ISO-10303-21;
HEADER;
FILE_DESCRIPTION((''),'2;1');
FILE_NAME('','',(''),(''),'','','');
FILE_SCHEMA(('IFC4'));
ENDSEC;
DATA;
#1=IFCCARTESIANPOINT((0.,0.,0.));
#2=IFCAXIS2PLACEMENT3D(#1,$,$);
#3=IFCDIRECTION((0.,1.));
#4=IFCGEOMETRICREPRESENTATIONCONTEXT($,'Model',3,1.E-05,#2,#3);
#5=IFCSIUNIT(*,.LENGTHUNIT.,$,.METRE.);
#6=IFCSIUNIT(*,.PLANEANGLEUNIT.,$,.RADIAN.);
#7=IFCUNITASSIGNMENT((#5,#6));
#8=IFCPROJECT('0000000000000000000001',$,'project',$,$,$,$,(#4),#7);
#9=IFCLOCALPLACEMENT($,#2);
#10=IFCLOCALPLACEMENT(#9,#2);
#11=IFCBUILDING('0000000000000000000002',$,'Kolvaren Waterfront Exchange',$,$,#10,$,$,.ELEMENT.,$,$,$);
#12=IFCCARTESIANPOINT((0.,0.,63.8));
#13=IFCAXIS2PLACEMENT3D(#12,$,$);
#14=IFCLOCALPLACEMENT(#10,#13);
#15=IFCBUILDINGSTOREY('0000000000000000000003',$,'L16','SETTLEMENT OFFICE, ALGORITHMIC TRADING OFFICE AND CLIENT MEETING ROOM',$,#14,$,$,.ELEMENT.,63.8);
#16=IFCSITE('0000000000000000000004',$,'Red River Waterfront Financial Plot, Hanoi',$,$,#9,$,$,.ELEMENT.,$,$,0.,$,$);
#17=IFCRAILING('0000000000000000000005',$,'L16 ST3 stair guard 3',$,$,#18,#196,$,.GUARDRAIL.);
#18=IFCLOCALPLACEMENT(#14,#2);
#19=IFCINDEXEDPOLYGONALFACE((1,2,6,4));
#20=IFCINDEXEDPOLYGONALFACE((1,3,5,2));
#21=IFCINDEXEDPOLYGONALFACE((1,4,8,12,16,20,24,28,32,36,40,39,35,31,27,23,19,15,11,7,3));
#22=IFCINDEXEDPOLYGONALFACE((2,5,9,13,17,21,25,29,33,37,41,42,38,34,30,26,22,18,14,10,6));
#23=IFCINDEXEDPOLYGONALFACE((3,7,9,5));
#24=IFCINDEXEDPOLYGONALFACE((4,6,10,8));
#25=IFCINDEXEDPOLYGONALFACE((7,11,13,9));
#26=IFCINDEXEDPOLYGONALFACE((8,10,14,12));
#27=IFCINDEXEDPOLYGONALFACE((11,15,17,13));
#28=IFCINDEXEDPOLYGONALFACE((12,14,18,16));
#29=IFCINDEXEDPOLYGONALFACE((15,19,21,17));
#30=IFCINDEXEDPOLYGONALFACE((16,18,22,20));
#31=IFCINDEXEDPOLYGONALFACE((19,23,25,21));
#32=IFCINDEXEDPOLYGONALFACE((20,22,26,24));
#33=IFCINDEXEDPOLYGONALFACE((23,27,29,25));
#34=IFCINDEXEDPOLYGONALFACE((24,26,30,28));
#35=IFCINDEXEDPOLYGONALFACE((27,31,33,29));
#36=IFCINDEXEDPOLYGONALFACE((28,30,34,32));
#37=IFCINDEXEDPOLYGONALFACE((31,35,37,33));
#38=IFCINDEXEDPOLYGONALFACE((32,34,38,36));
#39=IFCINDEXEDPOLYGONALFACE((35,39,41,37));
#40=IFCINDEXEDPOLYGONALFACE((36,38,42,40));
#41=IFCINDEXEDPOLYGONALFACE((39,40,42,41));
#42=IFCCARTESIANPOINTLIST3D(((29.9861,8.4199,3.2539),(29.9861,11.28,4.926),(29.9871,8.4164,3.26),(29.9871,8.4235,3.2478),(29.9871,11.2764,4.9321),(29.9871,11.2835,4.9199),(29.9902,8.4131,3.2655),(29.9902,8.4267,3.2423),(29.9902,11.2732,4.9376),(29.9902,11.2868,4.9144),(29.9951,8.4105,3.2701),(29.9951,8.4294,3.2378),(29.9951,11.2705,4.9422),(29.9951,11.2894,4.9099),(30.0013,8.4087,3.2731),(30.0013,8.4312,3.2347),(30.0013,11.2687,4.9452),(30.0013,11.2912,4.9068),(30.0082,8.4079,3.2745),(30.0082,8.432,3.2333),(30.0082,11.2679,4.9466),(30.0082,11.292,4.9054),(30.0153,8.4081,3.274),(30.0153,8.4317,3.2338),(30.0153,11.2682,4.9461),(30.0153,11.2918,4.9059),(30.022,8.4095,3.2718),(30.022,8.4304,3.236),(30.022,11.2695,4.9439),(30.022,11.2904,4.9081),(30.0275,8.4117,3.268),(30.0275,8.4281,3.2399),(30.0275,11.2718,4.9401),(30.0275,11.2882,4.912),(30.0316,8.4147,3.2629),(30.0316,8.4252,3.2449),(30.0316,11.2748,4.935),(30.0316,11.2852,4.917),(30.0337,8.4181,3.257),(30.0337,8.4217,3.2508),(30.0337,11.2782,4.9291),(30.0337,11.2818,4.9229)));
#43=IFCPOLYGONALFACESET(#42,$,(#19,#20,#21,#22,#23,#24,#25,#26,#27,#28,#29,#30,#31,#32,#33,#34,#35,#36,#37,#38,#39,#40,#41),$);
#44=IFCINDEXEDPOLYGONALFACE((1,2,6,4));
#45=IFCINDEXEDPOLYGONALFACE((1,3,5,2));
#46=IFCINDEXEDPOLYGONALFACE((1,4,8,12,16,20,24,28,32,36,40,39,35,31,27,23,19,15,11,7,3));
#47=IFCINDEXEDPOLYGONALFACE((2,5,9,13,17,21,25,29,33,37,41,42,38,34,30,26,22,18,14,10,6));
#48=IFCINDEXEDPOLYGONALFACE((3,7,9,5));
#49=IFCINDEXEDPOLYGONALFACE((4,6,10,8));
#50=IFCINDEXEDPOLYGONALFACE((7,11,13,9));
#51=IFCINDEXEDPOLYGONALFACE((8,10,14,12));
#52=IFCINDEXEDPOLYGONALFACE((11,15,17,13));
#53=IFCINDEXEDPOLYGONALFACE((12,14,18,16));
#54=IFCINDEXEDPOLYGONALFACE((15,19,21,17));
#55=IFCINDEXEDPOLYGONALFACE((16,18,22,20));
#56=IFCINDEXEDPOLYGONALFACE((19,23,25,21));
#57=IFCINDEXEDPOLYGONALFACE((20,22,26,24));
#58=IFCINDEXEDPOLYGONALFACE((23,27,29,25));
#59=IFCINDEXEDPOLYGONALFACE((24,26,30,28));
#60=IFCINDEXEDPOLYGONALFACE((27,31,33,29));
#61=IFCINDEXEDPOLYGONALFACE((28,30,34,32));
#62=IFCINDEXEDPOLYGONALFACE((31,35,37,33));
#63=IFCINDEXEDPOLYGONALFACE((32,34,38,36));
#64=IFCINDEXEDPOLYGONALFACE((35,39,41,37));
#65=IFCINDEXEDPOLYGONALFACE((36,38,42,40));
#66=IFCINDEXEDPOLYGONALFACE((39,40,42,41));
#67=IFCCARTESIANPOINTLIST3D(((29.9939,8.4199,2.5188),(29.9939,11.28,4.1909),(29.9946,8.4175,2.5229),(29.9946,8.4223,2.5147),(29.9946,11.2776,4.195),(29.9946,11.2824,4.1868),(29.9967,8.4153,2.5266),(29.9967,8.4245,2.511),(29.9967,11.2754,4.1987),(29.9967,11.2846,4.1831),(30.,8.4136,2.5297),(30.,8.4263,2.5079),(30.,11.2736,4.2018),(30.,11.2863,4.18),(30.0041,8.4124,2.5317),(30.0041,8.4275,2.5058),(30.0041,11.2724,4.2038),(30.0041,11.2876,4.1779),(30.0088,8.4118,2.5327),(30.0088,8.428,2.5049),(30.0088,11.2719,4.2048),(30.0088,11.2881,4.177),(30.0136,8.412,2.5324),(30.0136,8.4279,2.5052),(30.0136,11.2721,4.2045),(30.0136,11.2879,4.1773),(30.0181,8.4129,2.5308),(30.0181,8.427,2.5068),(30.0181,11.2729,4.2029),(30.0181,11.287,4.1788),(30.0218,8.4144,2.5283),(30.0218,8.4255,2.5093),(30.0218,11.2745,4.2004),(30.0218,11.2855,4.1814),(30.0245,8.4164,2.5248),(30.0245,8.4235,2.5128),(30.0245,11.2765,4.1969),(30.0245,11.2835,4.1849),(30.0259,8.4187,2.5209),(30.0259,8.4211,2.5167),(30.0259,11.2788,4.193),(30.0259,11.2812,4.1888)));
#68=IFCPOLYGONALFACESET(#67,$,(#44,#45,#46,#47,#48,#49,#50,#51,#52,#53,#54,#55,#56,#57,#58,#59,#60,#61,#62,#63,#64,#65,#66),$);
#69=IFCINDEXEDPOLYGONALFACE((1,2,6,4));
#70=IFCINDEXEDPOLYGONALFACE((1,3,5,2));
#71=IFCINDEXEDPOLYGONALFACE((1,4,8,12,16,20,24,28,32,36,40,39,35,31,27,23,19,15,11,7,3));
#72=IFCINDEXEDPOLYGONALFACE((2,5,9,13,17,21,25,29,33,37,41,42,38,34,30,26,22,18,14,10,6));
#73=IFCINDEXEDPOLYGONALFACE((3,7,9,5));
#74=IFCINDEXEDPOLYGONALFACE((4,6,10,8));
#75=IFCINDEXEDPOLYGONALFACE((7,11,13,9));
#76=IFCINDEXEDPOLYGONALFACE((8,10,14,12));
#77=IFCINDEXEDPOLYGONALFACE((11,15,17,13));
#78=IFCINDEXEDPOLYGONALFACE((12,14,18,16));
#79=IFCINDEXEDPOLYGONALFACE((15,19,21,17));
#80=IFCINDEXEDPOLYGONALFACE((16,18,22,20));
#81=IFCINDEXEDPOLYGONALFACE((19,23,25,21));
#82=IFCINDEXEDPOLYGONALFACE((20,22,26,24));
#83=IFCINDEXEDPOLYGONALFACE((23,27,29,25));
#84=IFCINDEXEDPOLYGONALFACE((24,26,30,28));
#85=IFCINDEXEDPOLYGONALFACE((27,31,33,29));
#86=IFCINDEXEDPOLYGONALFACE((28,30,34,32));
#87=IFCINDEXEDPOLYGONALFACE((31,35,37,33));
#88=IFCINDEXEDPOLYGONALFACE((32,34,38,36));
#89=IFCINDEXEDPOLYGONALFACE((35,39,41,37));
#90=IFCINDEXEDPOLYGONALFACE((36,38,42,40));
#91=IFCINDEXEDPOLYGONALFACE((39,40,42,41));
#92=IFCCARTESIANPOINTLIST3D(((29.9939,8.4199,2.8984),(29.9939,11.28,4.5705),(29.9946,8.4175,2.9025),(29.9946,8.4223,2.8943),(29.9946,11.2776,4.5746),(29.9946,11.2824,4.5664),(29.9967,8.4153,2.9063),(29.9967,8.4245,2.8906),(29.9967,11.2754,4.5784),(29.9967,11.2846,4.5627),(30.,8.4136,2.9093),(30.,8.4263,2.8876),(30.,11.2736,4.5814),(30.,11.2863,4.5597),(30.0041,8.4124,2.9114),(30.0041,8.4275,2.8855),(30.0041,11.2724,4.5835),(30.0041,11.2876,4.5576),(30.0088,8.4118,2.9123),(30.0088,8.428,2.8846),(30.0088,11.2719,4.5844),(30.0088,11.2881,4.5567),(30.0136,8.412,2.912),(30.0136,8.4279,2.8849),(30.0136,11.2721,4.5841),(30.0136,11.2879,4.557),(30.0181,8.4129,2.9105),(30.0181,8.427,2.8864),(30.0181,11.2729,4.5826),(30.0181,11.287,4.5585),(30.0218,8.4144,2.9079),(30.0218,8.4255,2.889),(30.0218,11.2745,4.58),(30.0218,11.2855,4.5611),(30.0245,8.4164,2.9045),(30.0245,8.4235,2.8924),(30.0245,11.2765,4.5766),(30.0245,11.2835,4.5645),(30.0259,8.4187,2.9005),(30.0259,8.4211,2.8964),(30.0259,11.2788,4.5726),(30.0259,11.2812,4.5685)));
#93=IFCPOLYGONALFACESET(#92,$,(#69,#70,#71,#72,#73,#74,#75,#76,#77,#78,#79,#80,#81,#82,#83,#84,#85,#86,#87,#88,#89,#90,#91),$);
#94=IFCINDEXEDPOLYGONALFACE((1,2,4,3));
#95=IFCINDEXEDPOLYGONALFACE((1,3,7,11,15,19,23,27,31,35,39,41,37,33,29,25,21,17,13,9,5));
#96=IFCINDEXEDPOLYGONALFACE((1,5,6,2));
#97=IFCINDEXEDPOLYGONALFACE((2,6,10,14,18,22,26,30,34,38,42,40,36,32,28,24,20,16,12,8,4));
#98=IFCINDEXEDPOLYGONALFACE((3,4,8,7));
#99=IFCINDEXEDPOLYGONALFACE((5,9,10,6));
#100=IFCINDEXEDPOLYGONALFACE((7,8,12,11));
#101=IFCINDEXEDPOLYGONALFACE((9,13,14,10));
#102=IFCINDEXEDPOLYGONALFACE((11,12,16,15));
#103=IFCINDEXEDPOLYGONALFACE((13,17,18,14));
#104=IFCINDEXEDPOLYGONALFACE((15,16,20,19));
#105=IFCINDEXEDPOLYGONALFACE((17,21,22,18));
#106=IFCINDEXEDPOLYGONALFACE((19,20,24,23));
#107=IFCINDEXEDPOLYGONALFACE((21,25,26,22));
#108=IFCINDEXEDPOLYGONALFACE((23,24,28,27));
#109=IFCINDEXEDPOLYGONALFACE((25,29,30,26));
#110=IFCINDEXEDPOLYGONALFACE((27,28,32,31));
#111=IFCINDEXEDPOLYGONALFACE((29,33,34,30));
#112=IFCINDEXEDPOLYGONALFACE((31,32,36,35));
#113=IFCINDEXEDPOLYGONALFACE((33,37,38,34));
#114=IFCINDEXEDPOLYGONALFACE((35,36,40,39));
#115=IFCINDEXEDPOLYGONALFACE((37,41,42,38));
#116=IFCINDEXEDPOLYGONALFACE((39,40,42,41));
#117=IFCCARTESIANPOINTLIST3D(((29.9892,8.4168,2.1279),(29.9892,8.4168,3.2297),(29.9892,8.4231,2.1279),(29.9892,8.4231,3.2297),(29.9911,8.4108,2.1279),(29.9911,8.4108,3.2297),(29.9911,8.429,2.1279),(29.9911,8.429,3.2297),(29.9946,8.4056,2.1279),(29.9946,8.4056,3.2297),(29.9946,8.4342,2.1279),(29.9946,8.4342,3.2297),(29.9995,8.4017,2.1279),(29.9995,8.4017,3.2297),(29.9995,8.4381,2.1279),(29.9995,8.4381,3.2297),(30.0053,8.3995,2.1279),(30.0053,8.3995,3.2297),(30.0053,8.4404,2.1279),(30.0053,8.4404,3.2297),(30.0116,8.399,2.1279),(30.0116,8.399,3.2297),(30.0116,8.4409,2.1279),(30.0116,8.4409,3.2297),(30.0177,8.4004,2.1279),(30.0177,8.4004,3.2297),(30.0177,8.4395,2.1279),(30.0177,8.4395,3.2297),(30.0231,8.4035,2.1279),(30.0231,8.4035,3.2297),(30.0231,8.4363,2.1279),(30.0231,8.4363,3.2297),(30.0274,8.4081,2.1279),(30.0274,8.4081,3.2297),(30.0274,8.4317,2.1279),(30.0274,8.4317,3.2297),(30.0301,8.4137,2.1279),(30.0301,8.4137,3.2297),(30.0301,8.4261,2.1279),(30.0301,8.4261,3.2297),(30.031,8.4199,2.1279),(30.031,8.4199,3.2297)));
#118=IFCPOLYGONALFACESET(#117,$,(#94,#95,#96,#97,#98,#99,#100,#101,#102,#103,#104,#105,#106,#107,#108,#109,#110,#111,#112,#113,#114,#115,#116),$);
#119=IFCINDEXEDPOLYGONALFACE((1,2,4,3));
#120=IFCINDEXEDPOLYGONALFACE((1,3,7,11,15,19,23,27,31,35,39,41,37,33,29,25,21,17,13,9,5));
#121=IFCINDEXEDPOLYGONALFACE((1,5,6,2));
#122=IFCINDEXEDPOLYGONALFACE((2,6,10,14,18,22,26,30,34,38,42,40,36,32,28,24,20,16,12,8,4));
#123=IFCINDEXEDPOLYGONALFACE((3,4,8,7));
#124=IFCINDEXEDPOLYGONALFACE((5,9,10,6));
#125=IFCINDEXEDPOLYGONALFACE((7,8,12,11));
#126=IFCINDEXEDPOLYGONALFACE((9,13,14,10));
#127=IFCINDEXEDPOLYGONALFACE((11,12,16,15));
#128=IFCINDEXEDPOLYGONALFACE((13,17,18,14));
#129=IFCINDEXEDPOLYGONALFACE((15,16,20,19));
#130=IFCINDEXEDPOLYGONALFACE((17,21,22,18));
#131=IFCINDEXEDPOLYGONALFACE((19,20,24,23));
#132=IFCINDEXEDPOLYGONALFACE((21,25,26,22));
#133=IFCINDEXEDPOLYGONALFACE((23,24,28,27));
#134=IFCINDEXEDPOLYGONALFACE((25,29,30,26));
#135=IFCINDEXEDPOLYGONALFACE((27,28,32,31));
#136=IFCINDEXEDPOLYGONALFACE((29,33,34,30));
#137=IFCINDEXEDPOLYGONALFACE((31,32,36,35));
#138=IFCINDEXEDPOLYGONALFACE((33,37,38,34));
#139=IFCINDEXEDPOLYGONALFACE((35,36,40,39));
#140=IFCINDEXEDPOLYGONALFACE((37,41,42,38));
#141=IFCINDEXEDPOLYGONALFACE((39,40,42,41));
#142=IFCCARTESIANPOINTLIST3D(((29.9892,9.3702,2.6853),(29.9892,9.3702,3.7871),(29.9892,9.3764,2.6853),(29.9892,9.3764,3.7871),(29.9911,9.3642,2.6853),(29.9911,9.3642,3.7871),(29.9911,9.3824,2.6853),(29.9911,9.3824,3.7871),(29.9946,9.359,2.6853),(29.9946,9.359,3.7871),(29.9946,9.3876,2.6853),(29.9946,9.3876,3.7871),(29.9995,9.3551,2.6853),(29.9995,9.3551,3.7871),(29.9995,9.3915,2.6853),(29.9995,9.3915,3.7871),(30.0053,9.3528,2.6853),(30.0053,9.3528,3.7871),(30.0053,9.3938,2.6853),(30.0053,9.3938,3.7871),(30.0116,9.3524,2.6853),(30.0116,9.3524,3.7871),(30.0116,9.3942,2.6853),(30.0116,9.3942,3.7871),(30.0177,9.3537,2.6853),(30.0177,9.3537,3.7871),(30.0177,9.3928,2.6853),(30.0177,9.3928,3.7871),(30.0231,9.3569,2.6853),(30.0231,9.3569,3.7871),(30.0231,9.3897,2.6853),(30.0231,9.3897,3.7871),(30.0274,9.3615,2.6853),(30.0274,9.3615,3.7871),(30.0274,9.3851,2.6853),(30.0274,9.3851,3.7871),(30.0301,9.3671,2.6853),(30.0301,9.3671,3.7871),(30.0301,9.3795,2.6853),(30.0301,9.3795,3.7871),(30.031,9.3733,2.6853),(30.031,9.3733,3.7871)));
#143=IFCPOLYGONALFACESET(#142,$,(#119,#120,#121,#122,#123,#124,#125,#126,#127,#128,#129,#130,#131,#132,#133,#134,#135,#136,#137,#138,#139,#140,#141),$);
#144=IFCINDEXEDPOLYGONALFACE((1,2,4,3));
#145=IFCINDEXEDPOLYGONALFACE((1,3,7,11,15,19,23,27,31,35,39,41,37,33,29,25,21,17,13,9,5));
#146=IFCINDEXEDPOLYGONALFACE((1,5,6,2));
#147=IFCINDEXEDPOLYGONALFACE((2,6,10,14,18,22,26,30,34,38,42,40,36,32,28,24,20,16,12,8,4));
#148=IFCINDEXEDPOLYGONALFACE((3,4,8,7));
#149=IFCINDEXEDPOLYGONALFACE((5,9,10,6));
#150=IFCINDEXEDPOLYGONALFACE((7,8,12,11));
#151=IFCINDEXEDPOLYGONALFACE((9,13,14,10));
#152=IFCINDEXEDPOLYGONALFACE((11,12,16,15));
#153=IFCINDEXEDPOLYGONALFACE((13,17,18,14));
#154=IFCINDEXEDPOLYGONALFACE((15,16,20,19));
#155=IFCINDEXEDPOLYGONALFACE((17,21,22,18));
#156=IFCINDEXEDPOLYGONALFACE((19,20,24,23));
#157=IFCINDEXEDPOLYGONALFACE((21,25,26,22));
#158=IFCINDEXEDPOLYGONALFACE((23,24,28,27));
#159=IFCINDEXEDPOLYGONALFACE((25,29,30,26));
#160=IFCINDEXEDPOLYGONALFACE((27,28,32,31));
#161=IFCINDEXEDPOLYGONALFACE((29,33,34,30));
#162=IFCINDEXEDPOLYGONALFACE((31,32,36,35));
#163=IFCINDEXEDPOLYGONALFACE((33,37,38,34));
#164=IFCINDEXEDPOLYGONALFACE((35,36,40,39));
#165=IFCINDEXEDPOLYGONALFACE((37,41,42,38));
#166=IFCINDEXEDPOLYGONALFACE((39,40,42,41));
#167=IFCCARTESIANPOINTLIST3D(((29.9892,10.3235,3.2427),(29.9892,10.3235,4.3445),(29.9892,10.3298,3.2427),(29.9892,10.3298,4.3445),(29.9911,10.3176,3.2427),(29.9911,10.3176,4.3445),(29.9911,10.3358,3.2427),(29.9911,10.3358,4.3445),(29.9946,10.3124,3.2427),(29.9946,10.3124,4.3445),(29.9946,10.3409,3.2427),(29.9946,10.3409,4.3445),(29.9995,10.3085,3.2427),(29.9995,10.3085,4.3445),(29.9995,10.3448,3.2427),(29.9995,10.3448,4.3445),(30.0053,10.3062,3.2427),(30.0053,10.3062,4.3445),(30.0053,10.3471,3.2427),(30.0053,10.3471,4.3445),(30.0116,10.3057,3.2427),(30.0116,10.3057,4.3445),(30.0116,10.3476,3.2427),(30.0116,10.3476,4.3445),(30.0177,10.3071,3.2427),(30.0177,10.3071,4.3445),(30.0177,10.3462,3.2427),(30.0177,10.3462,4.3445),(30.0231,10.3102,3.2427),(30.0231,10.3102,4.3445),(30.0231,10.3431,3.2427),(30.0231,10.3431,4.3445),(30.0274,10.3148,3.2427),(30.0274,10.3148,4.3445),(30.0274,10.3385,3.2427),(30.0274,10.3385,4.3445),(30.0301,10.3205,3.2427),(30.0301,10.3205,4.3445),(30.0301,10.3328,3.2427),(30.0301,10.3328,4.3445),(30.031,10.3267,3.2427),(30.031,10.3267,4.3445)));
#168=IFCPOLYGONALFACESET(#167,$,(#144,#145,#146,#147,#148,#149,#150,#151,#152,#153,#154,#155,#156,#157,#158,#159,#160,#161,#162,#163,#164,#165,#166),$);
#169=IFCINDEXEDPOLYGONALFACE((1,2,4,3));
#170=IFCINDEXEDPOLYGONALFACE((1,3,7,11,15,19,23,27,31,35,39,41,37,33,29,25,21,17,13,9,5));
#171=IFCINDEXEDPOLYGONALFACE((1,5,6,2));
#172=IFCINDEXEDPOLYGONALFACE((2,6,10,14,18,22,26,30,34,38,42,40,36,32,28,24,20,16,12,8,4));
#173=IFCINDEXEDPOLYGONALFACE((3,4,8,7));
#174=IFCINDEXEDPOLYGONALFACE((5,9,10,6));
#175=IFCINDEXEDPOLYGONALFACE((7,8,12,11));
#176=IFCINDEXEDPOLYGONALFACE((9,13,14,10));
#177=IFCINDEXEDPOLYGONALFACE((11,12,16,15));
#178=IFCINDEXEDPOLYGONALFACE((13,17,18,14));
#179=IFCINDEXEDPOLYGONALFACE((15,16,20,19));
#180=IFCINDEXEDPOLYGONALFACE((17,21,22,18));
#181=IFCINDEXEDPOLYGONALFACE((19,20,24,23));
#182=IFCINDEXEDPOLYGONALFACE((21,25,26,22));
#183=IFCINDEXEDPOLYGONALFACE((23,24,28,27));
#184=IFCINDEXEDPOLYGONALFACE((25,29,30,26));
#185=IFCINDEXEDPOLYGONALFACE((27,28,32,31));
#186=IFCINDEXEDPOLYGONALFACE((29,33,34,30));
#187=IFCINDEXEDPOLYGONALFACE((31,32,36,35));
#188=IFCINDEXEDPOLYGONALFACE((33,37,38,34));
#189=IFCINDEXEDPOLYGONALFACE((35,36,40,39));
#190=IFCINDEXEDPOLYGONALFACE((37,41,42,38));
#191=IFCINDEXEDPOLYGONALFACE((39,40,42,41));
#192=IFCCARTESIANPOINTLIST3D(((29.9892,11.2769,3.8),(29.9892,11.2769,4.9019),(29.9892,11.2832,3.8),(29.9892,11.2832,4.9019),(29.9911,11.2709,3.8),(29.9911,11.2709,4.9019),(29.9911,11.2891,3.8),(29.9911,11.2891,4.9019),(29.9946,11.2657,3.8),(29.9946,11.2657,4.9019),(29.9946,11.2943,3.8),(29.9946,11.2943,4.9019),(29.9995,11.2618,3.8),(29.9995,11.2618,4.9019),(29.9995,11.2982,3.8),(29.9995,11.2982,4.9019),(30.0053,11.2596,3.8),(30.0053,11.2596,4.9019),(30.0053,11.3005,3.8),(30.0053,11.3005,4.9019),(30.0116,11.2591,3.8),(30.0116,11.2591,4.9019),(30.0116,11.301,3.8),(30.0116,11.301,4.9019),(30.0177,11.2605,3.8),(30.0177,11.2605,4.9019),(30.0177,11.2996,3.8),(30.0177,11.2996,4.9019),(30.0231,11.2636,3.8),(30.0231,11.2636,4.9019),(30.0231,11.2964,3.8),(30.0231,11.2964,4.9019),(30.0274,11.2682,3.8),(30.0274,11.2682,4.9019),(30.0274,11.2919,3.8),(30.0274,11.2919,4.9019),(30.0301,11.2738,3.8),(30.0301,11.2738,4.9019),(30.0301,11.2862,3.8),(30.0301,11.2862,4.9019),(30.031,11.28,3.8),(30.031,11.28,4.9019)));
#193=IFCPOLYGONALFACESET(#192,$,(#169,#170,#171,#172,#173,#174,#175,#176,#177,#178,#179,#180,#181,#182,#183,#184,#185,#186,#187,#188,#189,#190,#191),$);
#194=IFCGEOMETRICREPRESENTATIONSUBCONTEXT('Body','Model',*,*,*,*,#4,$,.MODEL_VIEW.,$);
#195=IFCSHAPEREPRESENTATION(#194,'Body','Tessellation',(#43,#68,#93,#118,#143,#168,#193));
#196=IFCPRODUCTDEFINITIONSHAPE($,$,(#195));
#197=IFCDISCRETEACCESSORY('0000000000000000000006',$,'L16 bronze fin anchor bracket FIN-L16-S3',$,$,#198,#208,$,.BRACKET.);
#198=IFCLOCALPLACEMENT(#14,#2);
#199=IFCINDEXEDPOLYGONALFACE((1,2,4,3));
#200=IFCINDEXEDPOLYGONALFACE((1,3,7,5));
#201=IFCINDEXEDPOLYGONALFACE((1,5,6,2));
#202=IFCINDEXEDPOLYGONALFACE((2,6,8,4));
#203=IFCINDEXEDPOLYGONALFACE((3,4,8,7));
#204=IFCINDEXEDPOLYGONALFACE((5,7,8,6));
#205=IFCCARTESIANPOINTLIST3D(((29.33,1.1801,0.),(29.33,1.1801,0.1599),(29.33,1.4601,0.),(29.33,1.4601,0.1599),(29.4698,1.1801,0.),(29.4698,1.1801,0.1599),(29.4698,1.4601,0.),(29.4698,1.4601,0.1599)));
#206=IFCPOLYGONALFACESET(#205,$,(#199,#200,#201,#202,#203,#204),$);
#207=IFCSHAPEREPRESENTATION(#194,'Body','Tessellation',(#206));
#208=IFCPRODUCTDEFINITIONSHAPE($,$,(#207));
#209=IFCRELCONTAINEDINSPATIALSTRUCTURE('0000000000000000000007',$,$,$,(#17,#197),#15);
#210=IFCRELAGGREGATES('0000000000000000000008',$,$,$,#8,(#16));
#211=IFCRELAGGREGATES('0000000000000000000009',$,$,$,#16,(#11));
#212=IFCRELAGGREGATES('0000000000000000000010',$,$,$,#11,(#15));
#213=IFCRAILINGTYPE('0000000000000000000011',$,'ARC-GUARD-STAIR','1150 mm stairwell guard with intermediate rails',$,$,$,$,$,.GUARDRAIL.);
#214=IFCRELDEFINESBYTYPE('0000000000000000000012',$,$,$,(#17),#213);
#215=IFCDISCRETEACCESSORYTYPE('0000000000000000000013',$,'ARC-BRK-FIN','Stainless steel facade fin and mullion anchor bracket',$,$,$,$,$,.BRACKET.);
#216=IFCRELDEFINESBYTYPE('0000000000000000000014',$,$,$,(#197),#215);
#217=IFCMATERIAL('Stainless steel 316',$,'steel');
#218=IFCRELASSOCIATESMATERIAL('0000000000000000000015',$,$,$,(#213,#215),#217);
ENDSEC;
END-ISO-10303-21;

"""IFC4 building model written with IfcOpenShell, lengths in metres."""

from ifc_helpers import new_model, si_unit, direction, frame, origin, origin_with_axes, origin_2d, place, context, subcontext, project, spatial, rectangle, circle, extrude, source, transform, mapped, material, type_object, element, save


model = new_model("IFC4")

# Units and contexts
model_context = context("Model", 3, precision=1e-05, world=origin(), true_north=direction((0.0, 1.0)))
body_context = subcontext(model_context, "Body", "Model", "MODEL_VIEW")
ifc_project = project(units=[si_unit("LENGTHUNIT", "METRE"), si_unit("PLANEANGLEUNIT", "RADIAN")], contexts=[model_context])

# Site, building, storey
site_placement = place(None, origin())
site = spatial("IfcSite", under=ifc_project, at=site_placement, Name="Red River Waterfront Financial Plot, Hanoi", CompositionType="ELEMENT", RefElevation=0.0)
building_placement = place(site_placement, origin())
building = spatial("IfcBuilding", under=site, at=building_placement, Name="Kolvaren Waterfront Exchange", CompositionType="ELEMENT")
storey_placement = place(building_placement, frame((0.0, 0.0, 63.8)))
storey = spatial("IfcBuildingStorey", under=building, at=storey_placement, Name="L16", Description="SETTLEMENT OFFICE, ALGORITHMIC TRADING OFFICE AND CLIENT MEETING ROOM", CompositionType="ELEMENT", Elevation=63.8)

# Railing
ifc_material_1 = material(Name="Stainless steel 316", Category="steel")
railing_type = type_object("IfcRailingType", Name="ARC-GUARD-STAIR", Description="1150 mm stairwell guard with intermediate rails", PredefinedType="GUARDRAIL", material=ifc_material_1)
railing_1_placement = place(storey_placement, frame((30.01, 8.4199, 2.1279)))
element("IfcRailing", 1, at=railing_1_placement, inside=storey, type_object=railing_type, Name="L16 ST3 stair guard 3", PredefinedType="GUARDRAIL", context=body_context, shape_type="SweptSolid", body=[
    extrude(circle(Radius=0.0239, at=origin_2d()), frame((0.0, 0.0, 1.126), z_axis=(0.0, 0.863289, 0.504709), x_axis=(-1.0, 0.0, 0.0)), (0.0, 0.0, 1.0), 3.313),
    extrude(circle(Radius=0.0161, at=origin_2d()), frame((0.0, 0.0, 0.3909), z_axis=(0.0, 0.863289, 0.504709), x_axis=(-1.0, 0.0, 0.0)), (0.0, 0.0, 1.0), 3.313),
    extrude(circle(Radius=0.0161, at=origin_2d()), frame((0.0, 0.0, 0.7705), z_axis=(0.0, 0.863289, 0.504709), x_axis=(-1.0, 0.0, 0.0)), (0.0, 0.0, 1.0), 3.313),
    extrude(circle(Radius=0.021, at=origin_2d()), origin(), (0.0, 0.0, 1.0), 1.1018),
    extrude(circle(Radius=0.021, at=origin_2d()), frame((0.0, 0.9534, 0.5574)), (0.0, 0.0, 1.0), 1.1018),
    extrude(circle(Radius=0.021, at=origin_2d()), frame((0.0, 1.9067, 1.1147)), (0.0, 0.0, 1.0), 1.1018),
    extrude(circle(Radius=0.021, at=origin_2d()), frame((0.0, 2.8601, 1.6721)), (0.0, 0.0, 1.0), 1.1018),
])

# Discrete accessory
discrete_accessory_type = type_object("IfcDiscreteAccessoryType", Name="ARC-BRK-FIN", Description="Stainless steel facade fin and mullion anchor bracket", PredefinedType="BRACKET", material=ifc_material_1)
shared_shape_1 = source(origin_with_axes(), body_context, "Body", "SweptSolid", [
    extrude(rectangle(XDim=0.28, YDim=0.1399, at=origin_2d()), origin(), (0.0, 0.0, 1.0), 0.1599),
])
discrete_accessory_placement = place(storey_placement, frame((29.3999, 1.3201, 0.0), z_axis=(0.0, 0.0, 1.0), x_axis=(0.0, -1.0, 0.0)))
element("IfcDiscreteAccessory", 2, at=discrete_accessory_placement, inside=storey, type_object=discrete_accessory_type, Name="L16 bronze fin anchor bracket FIN-L16-S3", PredefinedType="BRACKET", context=body_context, shape_type="MappedRepresentation", body=[
    mapped(shared_shape_1, transform((0.0, 0.0, 0.0), x_axis=(1.0, 0.0, 0.0), y_axis=(0.0, 1.0, 0.0), z_axis=(0.0, 0.0, 1.0), scale=1.0)),
])

save(model, "model.ifc")
